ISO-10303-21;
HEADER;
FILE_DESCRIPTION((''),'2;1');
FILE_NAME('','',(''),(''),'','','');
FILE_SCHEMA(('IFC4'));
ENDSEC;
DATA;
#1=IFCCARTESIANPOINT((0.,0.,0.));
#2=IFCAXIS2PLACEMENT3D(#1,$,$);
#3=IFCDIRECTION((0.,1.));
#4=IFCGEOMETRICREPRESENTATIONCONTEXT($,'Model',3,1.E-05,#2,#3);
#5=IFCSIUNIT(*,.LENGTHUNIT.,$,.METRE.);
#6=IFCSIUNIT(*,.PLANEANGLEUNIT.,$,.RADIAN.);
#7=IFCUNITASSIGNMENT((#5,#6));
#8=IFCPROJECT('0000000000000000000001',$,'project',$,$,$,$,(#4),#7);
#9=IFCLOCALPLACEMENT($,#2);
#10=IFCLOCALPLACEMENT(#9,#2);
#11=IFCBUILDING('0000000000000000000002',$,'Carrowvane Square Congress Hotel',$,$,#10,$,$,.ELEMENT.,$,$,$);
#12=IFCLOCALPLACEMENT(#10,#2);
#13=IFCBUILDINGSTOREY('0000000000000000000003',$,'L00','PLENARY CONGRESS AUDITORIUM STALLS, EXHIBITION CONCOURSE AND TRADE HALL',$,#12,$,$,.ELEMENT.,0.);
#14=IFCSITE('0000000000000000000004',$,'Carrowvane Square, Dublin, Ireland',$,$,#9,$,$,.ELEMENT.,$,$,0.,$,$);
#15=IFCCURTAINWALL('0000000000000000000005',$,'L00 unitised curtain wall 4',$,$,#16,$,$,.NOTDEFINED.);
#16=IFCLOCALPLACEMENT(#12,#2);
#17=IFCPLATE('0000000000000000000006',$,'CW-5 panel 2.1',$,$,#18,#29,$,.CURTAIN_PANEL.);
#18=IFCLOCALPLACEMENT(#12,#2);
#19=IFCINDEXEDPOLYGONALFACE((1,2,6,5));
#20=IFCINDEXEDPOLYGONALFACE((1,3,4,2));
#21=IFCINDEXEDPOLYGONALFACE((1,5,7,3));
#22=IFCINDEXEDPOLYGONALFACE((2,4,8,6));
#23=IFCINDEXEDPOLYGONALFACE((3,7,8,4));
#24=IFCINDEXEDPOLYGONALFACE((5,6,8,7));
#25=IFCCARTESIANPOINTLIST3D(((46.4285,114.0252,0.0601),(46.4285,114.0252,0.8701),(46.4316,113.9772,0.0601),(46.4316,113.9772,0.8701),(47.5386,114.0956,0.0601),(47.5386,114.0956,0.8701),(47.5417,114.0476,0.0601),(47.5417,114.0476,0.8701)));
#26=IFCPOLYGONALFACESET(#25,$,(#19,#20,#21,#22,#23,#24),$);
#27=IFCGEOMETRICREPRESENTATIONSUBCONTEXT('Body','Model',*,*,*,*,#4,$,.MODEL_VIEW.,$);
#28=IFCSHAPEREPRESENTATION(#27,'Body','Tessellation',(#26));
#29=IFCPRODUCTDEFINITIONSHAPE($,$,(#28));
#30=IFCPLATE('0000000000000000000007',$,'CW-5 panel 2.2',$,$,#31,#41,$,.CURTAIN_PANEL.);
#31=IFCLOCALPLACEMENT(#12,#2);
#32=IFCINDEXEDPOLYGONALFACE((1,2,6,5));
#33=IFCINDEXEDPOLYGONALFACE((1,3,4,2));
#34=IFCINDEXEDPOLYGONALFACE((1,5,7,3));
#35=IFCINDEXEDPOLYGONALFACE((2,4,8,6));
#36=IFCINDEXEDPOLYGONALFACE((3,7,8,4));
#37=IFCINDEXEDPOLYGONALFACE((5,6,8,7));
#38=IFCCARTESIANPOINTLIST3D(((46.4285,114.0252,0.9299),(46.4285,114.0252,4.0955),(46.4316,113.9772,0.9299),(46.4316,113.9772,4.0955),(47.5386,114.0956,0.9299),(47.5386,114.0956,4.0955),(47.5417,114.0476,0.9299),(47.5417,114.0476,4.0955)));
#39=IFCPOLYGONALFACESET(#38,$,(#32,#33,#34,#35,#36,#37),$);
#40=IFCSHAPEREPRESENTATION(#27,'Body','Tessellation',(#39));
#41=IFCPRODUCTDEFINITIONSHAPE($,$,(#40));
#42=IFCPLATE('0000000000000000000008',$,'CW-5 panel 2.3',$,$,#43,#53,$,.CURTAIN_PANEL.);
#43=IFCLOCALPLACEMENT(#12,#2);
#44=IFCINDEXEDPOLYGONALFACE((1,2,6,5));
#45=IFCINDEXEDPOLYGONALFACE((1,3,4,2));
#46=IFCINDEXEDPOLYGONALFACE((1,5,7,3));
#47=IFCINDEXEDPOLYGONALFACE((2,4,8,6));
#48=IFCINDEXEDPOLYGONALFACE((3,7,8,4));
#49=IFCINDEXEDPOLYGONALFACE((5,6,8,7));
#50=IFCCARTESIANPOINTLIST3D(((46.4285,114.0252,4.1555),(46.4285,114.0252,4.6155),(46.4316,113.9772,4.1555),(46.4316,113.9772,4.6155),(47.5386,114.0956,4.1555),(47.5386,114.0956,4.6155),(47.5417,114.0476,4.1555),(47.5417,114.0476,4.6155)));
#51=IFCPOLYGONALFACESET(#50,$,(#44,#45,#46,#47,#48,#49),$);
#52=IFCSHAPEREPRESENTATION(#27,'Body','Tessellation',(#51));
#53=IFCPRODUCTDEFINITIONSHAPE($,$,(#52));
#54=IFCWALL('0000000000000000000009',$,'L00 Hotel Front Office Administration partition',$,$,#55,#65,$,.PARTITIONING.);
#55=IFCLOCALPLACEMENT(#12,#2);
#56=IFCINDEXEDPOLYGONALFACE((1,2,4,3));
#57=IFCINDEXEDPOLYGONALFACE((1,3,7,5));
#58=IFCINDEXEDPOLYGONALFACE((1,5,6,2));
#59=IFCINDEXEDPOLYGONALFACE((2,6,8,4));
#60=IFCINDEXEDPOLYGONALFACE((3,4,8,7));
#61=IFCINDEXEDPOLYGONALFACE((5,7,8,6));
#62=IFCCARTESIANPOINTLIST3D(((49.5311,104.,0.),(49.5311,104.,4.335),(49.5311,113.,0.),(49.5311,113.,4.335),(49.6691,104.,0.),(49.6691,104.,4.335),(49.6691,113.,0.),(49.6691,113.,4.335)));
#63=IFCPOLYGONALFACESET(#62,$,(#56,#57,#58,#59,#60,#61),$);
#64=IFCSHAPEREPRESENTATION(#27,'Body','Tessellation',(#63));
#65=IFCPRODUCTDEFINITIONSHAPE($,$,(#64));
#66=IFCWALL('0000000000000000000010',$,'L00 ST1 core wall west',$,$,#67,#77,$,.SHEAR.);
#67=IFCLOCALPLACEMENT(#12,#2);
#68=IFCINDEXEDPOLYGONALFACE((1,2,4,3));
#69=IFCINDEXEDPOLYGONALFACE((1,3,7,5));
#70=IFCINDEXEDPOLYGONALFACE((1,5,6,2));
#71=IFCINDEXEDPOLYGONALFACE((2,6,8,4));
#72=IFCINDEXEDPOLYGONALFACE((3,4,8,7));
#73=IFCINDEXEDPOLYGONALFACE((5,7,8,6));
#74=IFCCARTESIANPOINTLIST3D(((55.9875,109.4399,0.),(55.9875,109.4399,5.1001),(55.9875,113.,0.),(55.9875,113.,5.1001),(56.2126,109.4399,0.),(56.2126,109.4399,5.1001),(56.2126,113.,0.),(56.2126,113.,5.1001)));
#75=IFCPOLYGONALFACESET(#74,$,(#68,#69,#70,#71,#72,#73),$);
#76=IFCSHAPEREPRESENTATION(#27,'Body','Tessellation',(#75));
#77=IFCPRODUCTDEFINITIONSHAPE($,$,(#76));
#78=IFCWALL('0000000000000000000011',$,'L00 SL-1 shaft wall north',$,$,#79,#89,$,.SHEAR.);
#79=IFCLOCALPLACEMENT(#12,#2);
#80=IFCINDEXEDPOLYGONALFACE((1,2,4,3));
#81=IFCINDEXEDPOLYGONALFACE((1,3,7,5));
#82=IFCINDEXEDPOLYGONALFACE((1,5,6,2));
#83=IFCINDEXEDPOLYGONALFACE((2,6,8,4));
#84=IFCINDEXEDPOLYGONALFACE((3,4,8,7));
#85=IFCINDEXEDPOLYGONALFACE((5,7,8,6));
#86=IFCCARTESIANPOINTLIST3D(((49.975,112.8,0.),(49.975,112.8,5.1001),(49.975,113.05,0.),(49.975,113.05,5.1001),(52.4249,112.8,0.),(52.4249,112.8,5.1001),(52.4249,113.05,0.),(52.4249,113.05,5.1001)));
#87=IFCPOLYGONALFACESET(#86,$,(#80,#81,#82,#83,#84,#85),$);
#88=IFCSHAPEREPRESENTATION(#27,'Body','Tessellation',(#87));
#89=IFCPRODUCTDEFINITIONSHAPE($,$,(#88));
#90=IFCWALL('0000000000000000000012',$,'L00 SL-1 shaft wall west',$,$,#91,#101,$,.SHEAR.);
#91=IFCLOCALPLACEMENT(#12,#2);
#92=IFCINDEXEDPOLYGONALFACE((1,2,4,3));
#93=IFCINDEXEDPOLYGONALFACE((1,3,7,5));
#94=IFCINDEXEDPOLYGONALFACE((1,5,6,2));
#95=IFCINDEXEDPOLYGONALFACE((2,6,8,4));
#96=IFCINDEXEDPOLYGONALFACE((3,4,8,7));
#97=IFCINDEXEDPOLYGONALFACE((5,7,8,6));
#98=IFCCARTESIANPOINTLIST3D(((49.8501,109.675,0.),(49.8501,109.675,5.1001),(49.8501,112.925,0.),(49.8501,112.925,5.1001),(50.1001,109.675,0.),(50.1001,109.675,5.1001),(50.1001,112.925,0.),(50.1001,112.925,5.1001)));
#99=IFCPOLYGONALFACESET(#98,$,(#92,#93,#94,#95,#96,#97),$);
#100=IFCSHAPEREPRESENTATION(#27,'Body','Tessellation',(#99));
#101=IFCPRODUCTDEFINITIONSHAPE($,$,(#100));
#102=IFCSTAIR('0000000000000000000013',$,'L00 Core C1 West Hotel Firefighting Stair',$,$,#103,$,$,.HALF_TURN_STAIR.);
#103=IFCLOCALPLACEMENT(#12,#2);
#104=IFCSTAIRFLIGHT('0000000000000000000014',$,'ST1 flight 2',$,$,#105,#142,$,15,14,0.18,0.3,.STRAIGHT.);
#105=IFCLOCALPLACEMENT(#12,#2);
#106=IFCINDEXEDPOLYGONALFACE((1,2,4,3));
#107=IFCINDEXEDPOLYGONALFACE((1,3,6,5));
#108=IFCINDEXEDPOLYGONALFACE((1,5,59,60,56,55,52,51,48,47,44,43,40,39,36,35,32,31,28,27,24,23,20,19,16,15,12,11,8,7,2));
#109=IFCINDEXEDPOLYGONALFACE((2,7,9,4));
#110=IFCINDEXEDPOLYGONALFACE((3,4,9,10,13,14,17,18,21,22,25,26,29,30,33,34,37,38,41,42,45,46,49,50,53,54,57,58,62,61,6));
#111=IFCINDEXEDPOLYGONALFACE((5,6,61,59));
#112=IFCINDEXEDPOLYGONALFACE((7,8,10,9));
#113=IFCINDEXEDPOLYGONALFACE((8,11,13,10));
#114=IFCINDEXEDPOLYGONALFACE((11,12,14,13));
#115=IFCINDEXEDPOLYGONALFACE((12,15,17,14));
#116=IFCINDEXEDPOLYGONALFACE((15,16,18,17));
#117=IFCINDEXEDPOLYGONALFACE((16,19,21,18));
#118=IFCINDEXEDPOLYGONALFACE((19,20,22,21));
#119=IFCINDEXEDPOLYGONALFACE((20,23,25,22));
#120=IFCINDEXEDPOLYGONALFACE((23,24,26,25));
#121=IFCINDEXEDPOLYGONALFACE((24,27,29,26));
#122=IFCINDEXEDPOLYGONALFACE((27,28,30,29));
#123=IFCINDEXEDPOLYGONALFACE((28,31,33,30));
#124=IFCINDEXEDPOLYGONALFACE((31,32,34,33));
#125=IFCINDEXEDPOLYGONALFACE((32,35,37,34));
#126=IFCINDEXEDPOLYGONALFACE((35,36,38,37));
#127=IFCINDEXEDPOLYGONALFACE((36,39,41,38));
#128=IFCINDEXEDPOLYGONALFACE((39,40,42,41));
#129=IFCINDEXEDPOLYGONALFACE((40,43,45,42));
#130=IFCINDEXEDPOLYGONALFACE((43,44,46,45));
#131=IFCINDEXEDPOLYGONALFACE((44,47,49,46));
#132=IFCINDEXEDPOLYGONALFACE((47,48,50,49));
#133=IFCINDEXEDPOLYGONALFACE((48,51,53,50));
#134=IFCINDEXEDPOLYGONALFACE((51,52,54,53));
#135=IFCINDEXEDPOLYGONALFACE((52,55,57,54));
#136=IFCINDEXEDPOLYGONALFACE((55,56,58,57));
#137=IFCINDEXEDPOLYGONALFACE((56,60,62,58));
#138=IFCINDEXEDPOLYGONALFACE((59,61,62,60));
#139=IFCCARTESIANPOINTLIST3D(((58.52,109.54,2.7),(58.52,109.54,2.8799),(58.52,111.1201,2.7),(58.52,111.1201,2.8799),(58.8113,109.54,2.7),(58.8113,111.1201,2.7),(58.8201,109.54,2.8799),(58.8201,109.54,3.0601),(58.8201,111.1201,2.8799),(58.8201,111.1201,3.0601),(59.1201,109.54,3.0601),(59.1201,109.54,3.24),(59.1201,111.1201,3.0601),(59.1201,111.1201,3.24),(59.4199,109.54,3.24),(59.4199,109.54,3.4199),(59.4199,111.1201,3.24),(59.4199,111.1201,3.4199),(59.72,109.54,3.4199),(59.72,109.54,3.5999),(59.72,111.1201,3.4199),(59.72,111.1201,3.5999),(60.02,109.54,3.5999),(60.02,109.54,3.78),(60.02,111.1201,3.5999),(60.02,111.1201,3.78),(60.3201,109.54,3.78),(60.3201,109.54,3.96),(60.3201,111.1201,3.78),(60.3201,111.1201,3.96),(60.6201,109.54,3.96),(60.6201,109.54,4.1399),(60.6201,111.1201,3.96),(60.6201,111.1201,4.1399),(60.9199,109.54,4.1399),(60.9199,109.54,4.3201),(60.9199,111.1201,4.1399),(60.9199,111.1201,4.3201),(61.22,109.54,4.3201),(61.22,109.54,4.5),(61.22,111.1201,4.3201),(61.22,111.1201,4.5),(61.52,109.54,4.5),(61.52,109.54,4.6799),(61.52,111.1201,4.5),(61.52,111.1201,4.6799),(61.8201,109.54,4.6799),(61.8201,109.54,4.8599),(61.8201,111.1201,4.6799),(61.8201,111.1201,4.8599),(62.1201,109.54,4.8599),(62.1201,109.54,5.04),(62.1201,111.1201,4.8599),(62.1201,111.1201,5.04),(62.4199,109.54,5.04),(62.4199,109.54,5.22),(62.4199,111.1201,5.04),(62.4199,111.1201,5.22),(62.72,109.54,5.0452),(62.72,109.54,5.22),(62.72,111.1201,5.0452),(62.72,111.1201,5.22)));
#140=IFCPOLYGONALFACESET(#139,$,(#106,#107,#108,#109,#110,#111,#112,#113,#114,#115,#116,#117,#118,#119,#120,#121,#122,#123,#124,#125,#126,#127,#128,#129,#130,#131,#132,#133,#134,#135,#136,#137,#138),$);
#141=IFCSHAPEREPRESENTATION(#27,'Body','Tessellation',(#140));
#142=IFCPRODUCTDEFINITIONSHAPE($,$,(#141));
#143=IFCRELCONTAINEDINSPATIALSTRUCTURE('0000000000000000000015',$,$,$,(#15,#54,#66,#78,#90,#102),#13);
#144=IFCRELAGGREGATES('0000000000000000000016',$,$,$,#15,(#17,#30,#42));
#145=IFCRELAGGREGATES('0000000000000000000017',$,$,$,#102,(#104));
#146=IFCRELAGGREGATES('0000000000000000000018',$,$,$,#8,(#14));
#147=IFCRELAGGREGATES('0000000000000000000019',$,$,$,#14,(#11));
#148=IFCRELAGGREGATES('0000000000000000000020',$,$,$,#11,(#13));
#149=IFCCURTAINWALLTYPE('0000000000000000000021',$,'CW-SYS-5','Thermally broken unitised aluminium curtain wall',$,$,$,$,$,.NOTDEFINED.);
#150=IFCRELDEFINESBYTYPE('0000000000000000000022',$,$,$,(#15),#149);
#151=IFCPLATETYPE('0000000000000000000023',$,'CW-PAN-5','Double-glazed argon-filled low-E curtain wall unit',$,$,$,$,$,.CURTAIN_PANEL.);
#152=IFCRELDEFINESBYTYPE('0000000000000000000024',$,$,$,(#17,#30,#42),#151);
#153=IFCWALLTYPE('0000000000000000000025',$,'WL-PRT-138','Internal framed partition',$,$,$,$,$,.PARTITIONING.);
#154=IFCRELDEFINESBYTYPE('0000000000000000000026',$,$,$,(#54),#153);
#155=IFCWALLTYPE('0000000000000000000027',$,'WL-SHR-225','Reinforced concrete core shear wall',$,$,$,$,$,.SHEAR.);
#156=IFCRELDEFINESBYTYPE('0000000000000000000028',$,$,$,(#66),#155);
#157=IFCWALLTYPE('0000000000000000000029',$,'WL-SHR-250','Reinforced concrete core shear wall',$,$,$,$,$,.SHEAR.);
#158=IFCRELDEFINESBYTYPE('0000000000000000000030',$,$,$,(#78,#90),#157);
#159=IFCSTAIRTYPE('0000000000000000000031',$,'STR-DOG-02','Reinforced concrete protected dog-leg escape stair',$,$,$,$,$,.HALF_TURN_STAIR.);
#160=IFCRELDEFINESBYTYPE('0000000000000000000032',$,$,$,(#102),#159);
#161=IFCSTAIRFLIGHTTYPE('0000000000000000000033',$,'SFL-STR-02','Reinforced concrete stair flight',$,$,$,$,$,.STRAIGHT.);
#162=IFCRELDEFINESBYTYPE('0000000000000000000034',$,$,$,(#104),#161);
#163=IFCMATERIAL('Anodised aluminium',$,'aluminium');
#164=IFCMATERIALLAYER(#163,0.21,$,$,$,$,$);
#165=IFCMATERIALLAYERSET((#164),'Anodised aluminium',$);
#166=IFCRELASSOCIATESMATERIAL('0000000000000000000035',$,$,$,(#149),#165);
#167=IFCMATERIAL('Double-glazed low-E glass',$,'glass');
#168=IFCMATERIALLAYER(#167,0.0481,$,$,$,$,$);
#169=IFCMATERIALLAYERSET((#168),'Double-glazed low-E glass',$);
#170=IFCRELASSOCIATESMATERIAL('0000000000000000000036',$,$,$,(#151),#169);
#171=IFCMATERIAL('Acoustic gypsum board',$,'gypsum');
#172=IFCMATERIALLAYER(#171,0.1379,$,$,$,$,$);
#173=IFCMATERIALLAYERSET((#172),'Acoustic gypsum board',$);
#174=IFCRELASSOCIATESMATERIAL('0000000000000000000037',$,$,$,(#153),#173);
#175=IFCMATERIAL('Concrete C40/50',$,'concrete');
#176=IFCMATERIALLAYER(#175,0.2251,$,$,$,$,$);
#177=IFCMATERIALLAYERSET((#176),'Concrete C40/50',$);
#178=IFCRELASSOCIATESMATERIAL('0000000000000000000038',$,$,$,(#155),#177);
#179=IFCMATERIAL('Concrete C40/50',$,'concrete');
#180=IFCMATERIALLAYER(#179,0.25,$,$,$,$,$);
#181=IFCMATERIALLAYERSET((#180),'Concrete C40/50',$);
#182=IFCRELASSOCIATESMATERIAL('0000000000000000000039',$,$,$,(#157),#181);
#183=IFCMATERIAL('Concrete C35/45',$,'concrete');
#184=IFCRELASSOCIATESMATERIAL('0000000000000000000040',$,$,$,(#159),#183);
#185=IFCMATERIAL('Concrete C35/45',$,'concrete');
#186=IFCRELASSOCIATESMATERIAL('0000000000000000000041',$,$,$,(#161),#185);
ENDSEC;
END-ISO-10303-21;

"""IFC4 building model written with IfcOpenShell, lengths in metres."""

from ifc_helpers import new_model, si_unit, direction, frame, frame_2d, origin, origin_2d, place, context, subcontext, project, spatial, polyline, rectangle, outline, extrude, material, layer, layer_set, type_object, element, aggregate, save


model = new_model("IFC4")

# Units and contexts
model_context = context("Model", 3, precision=1e-05, world=origin(), true_north=direction((0.0, 1.0)))
body_context = subcontext(model_context, "Body", "Model", "MODEL_VIEW")
ifc_project = project(units=[si_unit("LENGTHUNIT", "METRE"), si_unit("PLANEANGLEUNIT", "RADIAN")], contexts=[model_context])

# Site, building, storey
site_placement = place(None, origin())
site = spatial("IfcSite", under=ifc_project, at=site_placement, Name="Carrowvane Square, Dublin, Ireland", CompositionType="ELEMENT", RefElevation=0.0)
building_placement = place(site_placement, origin())
building = spatial("IfcBuilding", under=site, at=building_placement, Name="Carrowvane Square Congress Hotel", CompositionType="ELEMENT")
storey_placement = place(building_placement, origin())
storey = spatial("IfcBuildingStorey", under=building, at=storey_placement, Name="L00", Description="PLENARY CONGRESS AUDITORIUM STALLS, EXHIBITION CONCOURSE AND TRADE HALL", CompositionType="ELEMENT", Elevation=0.0)

# Curtain wall
ifc_material_1 = material(Name="Anodised aluminium", Category="aluminium")
ifc_layer_1 = layer(ifc_material_1, 0.21)
ifc_layer_set_1 = layer_set([ifc_layer_1], Name="Anodised aluminium")
curtain_wall_type_1 = type_object("IfcCurtainWallType", Name="CW-SYS-5", Description="Thermally broken unitised aluminium curtain wall", PredefinedType="NOTDEFINED", material=ifc_layer_set_1)
curtain_wall_1_placement = place(storey_placement, origin())
curtain_wall_1 = element("IfcCurtainWall", 1, at=curtain_wall_1_placement, inside=storey, type_object=curtain_wall_type_1, Name="L00 unitised curtain wall 4", PredefinedType="NOTDEFINED")

# Plates
ifc_material_2 = material(Name="Double-glazed low-E glass", Category="glass")
ifc_layer_2 = layer(ifc_material_2, 0.0481)
ifc_layer_set_2 = layer_set([ifc_layer_2], Name="Double-glazed low-E glass")
plate_type = type_object("IfcPlateType", Name="CW-PAN-5", Description="Double-glazed argon-filled low-E curtain wall unit", PredefinedType="CURTAIN_PANEL", material=ifc_layer_set_2)
plate_1_placement = place(storey_placement, frame((46.9851, 114.0364, 0.0601), z_axis=(0.0, 0.0, 1.0), x_axis=(0.997996, 0.063273, 0.0)))
plate_1 = element("IfcPlate", 2, at=plate_1_placement, type_object=plate_type, Name="CW-5 panel 2.1", PredefinedType="CURTAIN_PANEL", context=body_context, shape_type="SweptSolid", body=[
    extrude(rectangle(XDim=1.1123, YDim=0.0481, at=origin_2d()), origin(), (0.0, 0.0, 1.0), 0.8101),
])
plate_2_placement = place(storey_placement, frame((46.9851, 114.0364, 0.9299), z_axis=(0.0, 0.0, 1.0), x_axis=(0.997996, 0.063273, 0.0)))
plate_2 = element("IfcPlate", 3, at=plate_2_placement, type_object=plate_type, Name="CW-5 panel 2.2", PredefinedType="CURTAIN_PANEL", context=body_context, shape_type="SweptSolid", body=[
    extrude(rectangle(XDim=1.1123, YDim=0.0481, at=origin_2d()), origin(), (0.0, 0.0, 1.0), 3.1655),
])
plate_3_placement = place(storey_placement, frame((46.9851, 114.0364, 4.1555), z_axis=(0.0, 0.0, 1.0), x_axis=(0.997996, 0.063273, 0.0)))
plate_3 = element("IfcPlate", 4, at=plate_3_placement, type_object=plate_type, Name="CW-5 panel 2.3", PredefinedType="CURTAIN_PANEL", context=body_context, shape_type="SweptSolid", body=[
    extrude(rectangle(XDim=1.1123, YDim=0.0481, at=origin_2d()), origin(), (0.0, 0.0, 1.0), 0.46),
])
aggregate(curtain_wall_1, [plate_1, plate_2, plate_3])

# Walls
ifc_material_3 = material(Name="Acoustic gypsum board", Category="gypsum")
ifc_layer_3 = layer(ifc_material_3, 0.1379)
ifc_layer_set_3 = layer_set([ifc_layer_3], Name="Acoustic gypsum board")
wall_type_1 = type_object("IfcWallType", Name="WL-PRT-138", Description="Internal framed partition", PredefinedType="PARTITIONING", material=ifc_layer_set_3)
wall_1_placement = place(storey_placement, frame((49.6001, 113.0, 0.0), z_axis=(0.0, 0.0, 1.0), x_axis=(0.0, -1.0, 0.0)))
element("IfcWall", 5, at=wall_1_placement, inside=storey, type_object=wall_type_1, Name="L00 Hotel Front Office Administration partition", PredefinedType="PARTITIONING", context=body_context, shape_type="SweptSolid", body=[
    extrude(rectangle(XDim=9.0, YDim=0.1379, at=frame_2d((4.5, 0.0))), origin(), (0.0, 0.0, 1.0), 4.335),
])
ifc_material_4 = material(Name="Concrete C40/50", Category="concrete")
ifc_layer_4 = layer(ifc_material_4, 0.2251)
ifc_layer_set_4 = layer_set([ifc_layer_4], Name="Concrete C40/50")
wall_type_2 = type_object("IfcWallType", Name="WL-SHR-225", Description="Reinforced concrete core shear wall", PredefinedType="SHEAR", material=ifc_layer_set_4)
wall_2_placement = place(storey_placement, frame((56.1001, 113.0, 0.0), z_axis=(0.0, 0.0, 1.0), x_axis=(0.0, -1.0, 0.0)))
element("IfcWall", 6, at=wall_2_placement, inside=storey, type_object=wall_type_2, Name="L00 ST1 core wall west", PredefinedType="SHEAR", context=body_context, shape_type="SweptSolid", body=[
    extrude(rectangle(XDim=3.5601, YDim=0.2251, at=frame_2d((1.78, 0.0))), origin(), (0.0, 0.0, 1.0), 5.1001),
])
ifc_material_5 = material(Name="Concrete C40/50", Category="concrete")
ifc_layer_5 = layer(ifc_material_5, 0.25)
ifc_layer_set_5 = layer_set([ifc_layer_5], Name="Concrete C40/50")
wall_type_3 = type_object("IfcWallType", Name="WL-SHR-250", Description="Reinforced concrete core shear wall", PredefinedType="SHEAR", material=ifc_layer_set_5)
wall_3_placement = place(storey_placement, frame((52.425, 112.925, 0.0), z_axis=(0.0, 0.0, 1.0), x_axis=(-1.0, 0.0, 0.0)))
element("IfcWall", 7, at=wall_3_placement, inside=storey, type_object=wall_type_3, Name="L00 SL-1 shaft wall north", PredefinedType="SHEAR", context=body_context, shape_type="SweptSolid", body=[
    extrude(rectangle(XDim=2.45, YDim=0.25, at=frame_2d((1.2251, 0.0))), origin(), (0.0, 0.0, 1.0), 5.1001),
])
wall_4_placement = place(storey_placement, frame((49.9751, 112.925, 0.0), z_axis=(0.0, 0.0, 1.0), x_axis=(0.0, -1.0, 0.0)))
element("IfcWall", 8, at=wall_4_placement, inside=storey, type_object=wall_type_3, Name="L00 SL-1 shaft wall west", PredefinedType="SHEAR", context=body_context, shape_type="SweptSolid", body=[
    extrude(rectangle(XDim=3.25, YDim=0.25, at=frame_2d((1.625, 0.0))), origin(), (0.0, 0.0, 1.0), 5.1001),
])

# Stair, stair flight
ifc_material_6 = material(Name="Concrete C35/45", Category="concrete")
stair_type = type_object("IfcStairType", Name="STR-DOG-02", Description="Reinforced concrete protected dog-leg escape stair", PredefinedType="HALF_TURN_STAIR", material=ifc_material_6)
stair_placement = place(storey_placement, origin())
stair = element("IfcStair", 9, at=stair_placement, inside=storey, type_object=stair_type, Name="L00 Core C1 West Hotel Firefighting Stair", PredefinedType="HALF_TURN_STAIR")
ifc_material_7 = material(Name="Concrete C35/45", Category="concrete")
stair_flight_type = type_object("IfcStairFlightType", Name="SFL-STR-02", Description="Reinforced concrete stair flight", PredefinedType="STRAIGHT", material=ifc_material_7)
stair_flight_placement = place(storey_placement, frame((58.52, 110.3301, 2.7), z_axis=(0.0, 0.0, 1.0), x_axis=(1.0, 0.0, 0.0)))
stair_flight = element("IfcStairFlight", 10, at=stair_flight_placement, type_object=stair_flight_type, Name="ST1 flight 2", NumberOfRisers=15, NumberOfTreads=14, PredefinedType="STRAIGHT", RiserHeight=0.18, TreadLength=0.3, context=body_context, shape_type="SweptSolid", body=[
    extrude(outline(polyline([(0.0, 0.0), (0.0, 0.1799), (0.3, 0.1799), (0.3, 0.3601), (0.6001, 0.3601), (0.6001, 0.54), (0.8999, 0.54), (0.8999, 0.72), (1.2, 0.72), (1.2, 0.8999), (1.5, 0.8999), (1.5, 1.0801), (1.8, 1.0801), (1.8, 1.26), (2.1001, 1.26), (2.1001, 1.4399), (2.3999, 1.4399), (2.3999, 1.6201), (2.7, 1.6201), (2.7, 1.8), (3.0, 1.8), (3.0, 1.98), (3.3, 1.98), (3.3, 2.1599), (3.6001, 2.1599), (3.6001, 2.3401), (3.8999, 2.3401), (3.8999, 2.52), (4.2, 2.52), (4.2, 2.7), (4.2, 2.3452), (0.2913, 0.0), (0.0, 0.0)])), frame((0.0, 0.79, 0.0), z_axis=(0.0, -1.0, 0.0), x_axis=(1.0, 0.0, 0.0)), (0.0, 0.0, 1.0), 1.5801),
])
aggregate(stair, [stair_flight])

save(model, "model.ifc")
